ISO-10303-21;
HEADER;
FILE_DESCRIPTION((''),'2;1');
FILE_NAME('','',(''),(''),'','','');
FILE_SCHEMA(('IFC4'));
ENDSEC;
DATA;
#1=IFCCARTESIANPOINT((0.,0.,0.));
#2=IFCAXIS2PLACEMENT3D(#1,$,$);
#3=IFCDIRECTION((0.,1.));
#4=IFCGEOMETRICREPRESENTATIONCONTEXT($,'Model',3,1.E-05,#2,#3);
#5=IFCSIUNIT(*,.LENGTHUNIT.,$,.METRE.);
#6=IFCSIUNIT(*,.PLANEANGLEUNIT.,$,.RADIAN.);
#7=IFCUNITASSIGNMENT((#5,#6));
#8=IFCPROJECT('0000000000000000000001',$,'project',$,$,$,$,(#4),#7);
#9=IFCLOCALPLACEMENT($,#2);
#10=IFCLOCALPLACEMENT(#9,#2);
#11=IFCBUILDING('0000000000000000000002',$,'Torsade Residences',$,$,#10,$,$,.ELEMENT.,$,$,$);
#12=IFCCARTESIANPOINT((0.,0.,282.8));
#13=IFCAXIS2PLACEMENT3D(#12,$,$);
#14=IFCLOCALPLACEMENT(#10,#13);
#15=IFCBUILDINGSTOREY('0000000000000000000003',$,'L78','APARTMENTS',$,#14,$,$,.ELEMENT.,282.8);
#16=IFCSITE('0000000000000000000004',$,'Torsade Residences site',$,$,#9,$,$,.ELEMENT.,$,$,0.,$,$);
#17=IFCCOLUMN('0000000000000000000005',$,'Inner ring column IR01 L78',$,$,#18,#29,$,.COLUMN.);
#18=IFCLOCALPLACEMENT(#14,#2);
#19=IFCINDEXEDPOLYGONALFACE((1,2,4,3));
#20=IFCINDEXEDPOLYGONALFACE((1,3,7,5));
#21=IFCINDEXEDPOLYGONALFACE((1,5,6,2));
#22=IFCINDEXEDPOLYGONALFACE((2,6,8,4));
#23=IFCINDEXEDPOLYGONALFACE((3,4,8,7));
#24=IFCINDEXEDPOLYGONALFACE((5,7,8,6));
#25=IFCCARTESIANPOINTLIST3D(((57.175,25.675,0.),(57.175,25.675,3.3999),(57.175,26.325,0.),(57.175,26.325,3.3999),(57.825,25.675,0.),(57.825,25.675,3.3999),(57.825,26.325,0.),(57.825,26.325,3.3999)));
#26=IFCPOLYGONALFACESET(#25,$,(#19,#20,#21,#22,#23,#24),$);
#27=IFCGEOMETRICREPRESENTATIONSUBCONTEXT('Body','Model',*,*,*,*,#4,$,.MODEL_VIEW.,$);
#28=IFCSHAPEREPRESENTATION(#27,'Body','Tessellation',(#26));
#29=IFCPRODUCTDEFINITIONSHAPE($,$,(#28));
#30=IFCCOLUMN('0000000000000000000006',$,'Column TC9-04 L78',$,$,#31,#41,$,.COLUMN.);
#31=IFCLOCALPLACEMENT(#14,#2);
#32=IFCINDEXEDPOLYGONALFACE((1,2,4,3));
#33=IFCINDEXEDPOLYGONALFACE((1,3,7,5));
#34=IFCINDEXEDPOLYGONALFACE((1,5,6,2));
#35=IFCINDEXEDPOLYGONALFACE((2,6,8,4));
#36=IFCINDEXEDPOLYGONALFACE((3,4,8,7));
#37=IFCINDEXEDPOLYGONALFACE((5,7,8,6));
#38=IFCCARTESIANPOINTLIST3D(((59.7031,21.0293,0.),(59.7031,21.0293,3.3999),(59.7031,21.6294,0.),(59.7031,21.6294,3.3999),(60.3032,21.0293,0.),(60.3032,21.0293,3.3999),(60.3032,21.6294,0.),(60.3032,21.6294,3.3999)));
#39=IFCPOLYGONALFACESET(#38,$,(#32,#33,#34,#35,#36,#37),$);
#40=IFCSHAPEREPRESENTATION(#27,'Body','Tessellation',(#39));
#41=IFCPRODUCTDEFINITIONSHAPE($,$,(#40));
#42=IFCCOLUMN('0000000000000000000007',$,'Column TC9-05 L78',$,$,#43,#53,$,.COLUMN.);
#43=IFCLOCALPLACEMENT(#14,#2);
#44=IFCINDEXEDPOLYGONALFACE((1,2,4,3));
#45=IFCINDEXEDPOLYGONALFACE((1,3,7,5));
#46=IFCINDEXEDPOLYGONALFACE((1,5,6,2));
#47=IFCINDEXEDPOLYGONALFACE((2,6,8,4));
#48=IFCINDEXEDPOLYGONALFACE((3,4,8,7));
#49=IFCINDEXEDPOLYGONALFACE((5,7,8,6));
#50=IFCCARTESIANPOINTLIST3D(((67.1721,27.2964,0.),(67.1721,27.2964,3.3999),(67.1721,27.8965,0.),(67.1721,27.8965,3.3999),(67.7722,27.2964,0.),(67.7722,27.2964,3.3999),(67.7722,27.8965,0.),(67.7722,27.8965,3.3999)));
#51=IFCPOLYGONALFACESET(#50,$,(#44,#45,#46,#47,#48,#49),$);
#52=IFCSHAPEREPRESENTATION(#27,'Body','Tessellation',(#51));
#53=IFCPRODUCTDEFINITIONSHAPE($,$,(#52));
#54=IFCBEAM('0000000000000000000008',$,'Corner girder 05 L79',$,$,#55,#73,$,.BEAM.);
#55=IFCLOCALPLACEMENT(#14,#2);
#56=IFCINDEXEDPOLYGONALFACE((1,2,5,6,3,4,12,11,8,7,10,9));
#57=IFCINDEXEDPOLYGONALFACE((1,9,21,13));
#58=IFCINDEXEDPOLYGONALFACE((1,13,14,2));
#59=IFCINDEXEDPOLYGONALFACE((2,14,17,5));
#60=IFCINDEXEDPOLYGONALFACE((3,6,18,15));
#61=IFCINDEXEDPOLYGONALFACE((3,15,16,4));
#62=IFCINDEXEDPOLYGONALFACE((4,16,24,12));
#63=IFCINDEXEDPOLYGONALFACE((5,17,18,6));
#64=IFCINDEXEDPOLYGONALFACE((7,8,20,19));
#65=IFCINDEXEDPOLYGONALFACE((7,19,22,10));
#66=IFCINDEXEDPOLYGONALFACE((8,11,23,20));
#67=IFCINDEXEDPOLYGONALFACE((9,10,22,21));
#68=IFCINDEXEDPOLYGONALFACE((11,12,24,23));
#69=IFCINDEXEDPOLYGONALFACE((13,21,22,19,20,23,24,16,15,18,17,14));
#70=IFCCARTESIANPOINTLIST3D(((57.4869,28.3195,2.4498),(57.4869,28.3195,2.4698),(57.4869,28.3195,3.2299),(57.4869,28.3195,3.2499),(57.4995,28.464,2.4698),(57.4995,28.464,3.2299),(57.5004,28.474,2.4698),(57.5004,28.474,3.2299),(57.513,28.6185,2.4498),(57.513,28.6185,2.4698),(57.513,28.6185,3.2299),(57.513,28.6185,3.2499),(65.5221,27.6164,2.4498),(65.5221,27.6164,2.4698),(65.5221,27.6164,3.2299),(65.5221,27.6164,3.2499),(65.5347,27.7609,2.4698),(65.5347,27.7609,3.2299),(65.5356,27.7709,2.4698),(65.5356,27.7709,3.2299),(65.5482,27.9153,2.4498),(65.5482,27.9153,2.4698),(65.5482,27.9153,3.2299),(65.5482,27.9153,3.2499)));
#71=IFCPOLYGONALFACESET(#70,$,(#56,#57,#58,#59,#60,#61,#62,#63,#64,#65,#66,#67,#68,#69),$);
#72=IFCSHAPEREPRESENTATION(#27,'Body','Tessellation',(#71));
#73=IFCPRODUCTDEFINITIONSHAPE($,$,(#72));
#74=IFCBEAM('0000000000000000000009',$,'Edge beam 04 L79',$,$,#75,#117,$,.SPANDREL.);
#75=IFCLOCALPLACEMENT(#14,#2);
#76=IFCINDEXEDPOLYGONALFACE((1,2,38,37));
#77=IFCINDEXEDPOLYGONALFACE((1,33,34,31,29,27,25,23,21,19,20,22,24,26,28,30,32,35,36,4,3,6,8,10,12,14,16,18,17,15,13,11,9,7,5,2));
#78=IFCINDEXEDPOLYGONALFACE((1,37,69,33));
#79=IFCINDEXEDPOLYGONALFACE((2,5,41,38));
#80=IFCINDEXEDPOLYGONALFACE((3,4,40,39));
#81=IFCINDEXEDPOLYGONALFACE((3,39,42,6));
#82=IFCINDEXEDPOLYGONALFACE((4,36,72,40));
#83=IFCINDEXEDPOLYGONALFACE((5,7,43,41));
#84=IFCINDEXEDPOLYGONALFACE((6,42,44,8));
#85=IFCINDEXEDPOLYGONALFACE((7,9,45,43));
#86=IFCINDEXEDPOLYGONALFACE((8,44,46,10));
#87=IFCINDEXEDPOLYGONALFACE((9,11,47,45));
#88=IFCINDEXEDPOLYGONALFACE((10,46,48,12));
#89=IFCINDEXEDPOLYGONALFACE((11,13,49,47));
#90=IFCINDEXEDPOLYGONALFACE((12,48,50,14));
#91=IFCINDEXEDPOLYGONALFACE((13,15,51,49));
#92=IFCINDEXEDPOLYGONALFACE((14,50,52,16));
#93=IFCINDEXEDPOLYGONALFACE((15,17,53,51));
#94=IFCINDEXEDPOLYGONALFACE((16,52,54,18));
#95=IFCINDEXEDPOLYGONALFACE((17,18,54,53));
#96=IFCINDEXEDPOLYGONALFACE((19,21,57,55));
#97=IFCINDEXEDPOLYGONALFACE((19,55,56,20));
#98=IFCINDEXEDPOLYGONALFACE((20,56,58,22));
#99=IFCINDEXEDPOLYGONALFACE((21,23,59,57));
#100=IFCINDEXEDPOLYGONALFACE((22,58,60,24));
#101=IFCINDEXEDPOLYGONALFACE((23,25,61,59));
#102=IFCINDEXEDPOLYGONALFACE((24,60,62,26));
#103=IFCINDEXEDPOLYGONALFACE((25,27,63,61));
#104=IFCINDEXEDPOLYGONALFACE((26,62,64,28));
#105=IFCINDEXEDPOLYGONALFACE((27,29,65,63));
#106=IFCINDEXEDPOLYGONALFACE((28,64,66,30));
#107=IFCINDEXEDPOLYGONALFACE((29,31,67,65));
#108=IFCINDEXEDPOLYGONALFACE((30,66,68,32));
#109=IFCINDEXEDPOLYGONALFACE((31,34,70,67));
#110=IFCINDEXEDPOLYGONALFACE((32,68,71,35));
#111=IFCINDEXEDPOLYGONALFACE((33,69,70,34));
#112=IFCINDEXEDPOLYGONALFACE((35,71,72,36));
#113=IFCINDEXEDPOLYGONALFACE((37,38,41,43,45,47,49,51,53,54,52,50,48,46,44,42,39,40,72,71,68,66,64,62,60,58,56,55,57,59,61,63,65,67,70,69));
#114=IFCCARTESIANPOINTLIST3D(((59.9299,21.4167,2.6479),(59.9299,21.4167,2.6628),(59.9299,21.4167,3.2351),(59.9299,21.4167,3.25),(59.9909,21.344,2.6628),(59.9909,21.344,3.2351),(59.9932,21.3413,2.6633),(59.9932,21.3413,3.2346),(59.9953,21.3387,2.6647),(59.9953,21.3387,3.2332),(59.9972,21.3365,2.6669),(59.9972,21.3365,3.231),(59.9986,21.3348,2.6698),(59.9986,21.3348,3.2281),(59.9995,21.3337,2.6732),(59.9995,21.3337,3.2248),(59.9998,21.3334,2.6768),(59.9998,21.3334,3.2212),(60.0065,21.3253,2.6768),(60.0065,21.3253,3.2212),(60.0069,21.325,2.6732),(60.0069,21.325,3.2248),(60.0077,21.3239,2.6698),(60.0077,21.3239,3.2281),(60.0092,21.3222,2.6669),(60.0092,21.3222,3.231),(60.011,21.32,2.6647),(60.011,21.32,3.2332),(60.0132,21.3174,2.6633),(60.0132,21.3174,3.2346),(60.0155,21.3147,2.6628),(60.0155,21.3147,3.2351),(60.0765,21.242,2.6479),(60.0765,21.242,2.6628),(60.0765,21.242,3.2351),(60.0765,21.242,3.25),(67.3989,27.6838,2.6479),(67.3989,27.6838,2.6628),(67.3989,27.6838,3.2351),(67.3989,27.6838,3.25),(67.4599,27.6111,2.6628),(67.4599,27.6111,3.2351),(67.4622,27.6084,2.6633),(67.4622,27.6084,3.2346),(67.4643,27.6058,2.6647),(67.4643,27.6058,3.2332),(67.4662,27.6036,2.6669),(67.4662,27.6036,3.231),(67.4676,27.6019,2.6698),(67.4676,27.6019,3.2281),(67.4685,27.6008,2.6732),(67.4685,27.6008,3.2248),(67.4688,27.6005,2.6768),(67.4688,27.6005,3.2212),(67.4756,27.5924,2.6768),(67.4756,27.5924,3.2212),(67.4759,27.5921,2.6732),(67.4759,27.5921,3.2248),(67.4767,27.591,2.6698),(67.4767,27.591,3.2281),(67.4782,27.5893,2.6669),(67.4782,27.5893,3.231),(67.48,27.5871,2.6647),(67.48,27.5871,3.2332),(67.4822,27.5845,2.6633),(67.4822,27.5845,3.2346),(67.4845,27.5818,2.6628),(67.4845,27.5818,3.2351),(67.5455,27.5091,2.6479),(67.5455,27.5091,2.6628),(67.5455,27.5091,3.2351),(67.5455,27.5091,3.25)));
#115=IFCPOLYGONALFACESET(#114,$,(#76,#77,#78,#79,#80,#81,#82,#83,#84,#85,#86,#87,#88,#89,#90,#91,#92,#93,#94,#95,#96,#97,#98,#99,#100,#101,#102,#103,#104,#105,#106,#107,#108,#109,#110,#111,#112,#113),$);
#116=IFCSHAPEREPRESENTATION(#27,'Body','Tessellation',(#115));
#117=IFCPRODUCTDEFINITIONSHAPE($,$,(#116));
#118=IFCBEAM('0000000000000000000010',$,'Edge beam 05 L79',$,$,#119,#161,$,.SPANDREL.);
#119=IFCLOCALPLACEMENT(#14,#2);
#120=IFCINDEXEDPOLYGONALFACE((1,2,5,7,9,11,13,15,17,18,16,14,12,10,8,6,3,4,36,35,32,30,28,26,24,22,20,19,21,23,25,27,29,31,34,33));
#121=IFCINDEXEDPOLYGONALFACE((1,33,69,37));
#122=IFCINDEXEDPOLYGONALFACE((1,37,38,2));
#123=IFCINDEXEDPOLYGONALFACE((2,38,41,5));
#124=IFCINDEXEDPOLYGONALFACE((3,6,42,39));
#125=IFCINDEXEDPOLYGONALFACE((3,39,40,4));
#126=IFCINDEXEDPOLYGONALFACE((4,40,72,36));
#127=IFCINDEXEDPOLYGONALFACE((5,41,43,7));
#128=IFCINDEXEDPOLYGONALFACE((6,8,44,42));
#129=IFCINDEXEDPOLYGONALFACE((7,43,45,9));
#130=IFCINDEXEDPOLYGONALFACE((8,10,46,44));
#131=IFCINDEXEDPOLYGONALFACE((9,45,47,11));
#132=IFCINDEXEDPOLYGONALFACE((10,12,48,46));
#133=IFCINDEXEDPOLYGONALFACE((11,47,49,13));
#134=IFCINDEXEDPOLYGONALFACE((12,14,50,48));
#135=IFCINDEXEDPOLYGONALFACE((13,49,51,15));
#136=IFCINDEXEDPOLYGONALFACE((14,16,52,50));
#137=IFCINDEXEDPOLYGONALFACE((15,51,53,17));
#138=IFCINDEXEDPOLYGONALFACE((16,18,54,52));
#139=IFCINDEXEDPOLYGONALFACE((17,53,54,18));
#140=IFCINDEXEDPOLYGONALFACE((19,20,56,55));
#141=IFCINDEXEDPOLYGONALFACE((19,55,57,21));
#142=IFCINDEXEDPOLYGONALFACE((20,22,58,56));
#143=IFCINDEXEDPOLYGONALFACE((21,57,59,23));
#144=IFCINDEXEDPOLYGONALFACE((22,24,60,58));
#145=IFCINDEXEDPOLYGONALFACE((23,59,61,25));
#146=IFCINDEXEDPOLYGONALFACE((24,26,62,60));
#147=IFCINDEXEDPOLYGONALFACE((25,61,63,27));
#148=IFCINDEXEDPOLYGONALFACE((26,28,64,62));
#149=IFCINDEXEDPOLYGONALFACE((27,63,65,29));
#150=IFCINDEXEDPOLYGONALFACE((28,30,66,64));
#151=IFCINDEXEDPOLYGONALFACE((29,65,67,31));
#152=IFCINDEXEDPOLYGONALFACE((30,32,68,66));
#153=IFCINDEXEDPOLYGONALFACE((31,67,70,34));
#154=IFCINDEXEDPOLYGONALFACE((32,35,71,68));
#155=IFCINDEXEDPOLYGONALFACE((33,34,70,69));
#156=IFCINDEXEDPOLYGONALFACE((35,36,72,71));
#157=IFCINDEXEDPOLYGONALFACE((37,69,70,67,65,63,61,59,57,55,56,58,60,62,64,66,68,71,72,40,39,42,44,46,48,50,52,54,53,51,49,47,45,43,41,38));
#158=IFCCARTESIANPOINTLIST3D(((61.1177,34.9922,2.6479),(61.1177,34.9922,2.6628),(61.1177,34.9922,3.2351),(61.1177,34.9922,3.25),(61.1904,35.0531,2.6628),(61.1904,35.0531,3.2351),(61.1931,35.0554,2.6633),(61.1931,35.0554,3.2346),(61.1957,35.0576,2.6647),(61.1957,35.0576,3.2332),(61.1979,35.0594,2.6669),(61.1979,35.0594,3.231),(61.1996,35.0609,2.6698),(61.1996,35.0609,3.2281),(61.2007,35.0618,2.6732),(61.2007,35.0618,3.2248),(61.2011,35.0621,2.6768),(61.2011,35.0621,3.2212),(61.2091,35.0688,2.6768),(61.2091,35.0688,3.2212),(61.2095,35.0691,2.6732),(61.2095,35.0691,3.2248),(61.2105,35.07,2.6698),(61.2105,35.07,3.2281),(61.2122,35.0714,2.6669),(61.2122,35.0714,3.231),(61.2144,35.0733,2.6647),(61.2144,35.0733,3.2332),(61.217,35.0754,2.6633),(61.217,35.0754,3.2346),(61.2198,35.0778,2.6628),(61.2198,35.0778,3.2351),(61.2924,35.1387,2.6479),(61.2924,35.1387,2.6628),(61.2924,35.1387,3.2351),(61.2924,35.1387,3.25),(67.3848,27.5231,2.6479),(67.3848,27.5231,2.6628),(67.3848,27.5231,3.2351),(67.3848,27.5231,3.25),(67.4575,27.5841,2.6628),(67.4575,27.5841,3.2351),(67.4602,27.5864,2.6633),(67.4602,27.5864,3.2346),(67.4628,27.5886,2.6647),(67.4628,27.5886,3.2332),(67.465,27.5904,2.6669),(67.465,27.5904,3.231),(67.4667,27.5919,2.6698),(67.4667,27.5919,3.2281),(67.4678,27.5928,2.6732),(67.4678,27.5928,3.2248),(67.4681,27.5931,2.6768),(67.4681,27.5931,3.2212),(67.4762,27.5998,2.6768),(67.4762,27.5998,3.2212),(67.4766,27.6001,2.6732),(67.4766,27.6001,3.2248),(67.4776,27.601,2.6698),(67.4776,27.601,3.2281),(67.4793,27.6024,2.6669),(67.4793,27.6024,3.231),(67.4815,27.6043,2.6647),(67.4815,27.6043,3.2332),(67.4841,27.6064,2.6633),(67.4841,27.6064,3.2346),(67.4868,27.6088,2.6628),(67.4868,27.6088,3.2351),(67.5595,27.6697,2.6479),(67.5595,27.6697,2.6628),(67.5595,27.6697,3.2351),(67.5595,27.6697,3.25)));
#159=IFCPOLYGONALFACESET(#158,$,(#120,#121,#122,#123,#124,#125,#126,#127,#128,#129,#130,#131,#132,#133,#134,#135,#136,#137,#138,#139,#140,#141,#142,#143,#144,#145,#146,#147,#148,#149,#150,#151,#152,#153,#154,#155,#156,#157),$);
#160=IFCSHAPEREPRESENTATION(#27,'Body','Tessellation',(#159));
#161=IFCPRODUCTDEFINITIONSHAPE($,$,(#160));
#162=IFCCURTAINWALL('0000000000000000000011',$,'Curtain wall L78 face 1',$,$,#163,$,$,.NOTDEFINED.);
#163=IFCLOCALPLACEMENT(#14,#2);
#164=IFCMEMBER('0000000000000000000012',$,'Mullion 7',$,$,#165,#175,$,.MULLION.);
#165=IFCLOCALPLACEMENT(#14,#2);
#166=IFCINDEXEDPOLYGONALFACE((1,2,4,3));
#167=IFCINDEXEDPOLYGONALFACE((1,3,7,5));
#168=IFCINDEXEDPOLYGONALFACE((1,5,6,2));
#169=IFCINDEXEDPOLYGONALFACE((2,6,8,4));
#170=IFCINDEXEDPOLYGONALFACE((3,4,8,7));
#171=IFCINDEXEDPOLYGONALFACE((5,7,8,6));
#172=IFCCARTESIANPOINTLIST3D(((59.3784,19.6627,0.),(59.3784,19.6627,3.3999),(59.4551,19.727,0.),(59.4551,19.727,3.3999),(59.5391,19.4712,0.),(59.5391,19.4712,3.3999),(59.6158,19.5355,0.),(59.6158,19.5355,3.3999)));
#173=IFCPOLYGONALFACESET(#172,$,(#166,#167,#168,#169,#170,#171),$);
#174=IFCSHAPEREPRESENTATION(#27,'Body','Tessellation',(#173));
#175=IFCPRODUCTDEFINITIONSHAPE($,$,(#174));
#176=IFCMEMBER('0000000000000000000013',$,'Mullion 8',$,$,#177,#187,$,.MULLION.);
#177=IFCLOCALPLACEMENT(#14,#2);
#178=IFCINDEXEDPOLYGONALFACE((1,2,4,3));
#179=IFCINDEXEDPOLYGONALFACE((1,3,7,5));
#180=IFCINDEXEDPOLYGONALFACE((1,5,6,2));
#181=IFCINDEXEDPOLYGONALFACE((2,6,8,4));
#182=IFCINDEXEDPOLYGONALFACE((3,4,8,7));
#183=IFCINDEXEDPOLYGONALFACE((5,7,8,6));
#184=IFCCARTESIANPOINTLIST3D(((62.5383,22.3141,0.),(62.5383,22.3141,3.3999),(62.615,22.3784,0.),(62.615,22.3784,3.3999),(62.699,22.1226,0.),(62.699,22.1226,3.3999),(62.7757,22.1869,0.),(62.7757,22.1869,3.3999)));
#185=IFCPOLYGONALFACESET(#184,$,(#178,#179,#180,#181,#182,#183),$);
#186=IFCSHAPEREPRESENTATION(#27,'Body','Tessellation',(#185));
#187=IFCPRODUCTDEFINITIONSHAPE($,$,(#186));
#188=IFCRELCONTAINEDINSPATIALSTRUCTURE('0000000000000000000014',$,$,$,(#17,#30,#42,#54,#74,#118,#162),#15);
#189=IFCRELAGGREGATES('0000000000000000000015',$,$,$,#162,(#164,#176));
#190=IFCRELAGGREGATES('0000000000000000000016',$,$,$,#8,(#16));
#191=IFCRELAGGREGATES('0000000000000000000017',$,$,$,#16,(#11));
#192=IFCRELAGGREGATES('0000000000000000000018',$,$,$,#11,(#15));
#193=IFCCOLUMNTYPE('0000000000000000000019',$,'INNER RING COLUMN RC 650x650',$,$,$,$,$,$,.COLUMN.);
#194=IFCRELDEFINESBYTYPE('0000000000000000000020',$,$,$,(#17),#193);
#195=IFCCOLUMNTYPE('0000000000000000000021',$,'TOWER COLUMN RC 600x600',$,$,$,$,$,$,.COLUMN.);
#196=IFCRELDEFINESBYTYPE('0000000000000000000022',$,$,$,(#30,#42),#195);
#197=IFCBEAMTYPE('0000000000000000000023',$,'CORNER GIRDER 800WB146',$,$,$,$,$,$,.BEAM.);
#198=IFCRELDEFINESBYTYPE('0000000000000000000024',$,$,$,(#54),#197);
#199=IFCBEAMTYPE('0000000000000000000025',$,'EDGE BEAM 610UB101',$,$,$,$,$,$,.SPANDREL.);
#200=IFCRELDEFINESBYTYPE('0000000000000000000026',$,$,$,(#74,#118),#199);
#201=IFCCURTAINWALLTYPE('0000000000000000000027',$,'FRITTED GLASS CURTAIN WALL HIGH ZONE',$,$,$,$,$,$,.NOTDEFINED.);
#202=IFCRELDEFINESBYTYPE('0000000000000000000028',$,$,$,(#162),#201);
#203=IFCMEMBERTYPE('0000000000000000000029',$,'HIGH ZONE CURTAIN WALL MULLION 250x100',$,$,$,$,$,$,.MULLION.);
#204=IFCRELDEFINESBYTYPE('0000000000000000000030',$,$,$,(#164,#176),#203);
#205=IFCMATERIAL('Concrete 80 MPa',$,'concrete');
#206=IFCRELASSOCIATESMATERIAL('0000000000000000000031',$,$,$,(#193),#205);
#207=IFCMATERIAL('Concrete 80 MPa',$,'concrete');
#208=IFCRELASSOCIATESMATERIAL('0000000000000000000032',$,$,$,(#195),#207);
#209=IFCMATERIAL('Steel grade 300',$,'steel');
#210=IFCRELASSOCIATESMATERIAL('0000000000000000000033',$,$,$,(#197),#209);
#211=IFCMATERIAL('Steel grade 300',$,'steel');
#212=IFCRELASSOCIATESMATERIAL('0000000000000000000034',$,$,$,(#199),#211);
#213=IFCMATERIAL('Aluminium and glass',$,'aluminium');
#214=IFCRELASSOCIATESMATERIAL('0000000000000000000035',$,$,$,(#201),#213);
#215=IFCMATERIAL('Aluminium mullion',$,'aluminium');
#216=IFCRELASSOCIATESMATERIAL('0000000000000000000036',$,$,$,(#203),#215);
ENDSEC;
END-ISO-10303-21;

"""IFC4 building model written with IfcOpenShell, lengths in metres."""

from ifc_helpers import new_model, si_unit, direction, frame, origin, origin_2d, place, context, subcontext, project, spatial, rectangle, i_section, extrude, material, material_profile, profile_set, type_object, element, aggregate, save


model = new_model("IFC4")

# Units and contexts
model_context = context("Model", 3, precision=1e-05, world=origin(), true_north=direction((0.0, 1.0)))
body_context = subcontext(model_context, "Body", "Model", "MODEL_VIEW")
ifc_project = project(units=[si_unit("LENGTHUNIT", "METRE"), si_unit("PLANEANGLEUNIT", "RADIAN")], contexts=[model_context])

# Site, building, storey
site_placement = place(None, origin())
site = spatial("IfcSite", under=ifc_project, at=site_placement, Name="Torsade Residences site", CompositionType="ELEMENT", RefElevation=0.0)
building_placement = place(site_placement, origin())
building = spatial("IfcBuilding", under=site, at=building_placement, Name="Torsade Residences", CompositionType="ELEMENT")
storey_placement = place(building_placement, frame((0.0, 0.0, 282.8)))
storey = spatial("IfcBuildingStorey", under=building, at=storey_placement, Name="L78", Description="APARTMENTS", CompositionType="ELEMENT", Elevation=282.8)

# Columns
ifc_material_1 = material(Name="Concrete 80 MPa", Category="concrete")
ifc_material_profile_1 = material_profile(ifc_material_1, rectangle(XDim=0.6499, YDim=0.6499, at=origin_2d()), Name="RC 650x650")
ifc_profile_set_1 = profile_set([ifc_material_profile_1], Name="Concrete 80 MPa")
column_type_1 = type_object("IfcColumnType", Name="INNER RING COLUMN RC 650x650", PredefinedType="COLUMN", material=ifc_profile_set_1)
column_placement = place(storey_placement, frame((57.5, 26.0, 0.0), z_axis=(0.0, 0.0, 1.0), x_axis=(1.0, 0.0, 0.0)))
element("IfcColumn", 1, at=column_placement, inside=storey, type_object=column_type_1, Name="Inner ring column IR01 L78", PredefinedType="COLUMN", context=body_context, shape_type="SweptSolid", body=[
    extrude(rectangle(XDim=0.6499, YDim=0.6499, at=origin_2d()), origin(), (0.0, 0.0, 1.0), 3.3999),
])
ifc_material_2 = material(Name="Concrete 80 MPa", Category="concrete")
ifc_material_profile_2 = material_profile(ifc_material_2, rectangle(XDim=0.6001, YDim=0.6001, at=origin_2d()), Name="RC 600x600")
ifc_profile_set_2 = profile_set([ifc_material_profile_2], Name="Concrete 80 MPa")
column_type_2 = type_object("IfcColumnType", Name="TOWER COLUMN RC 600x600", PredefinedType="COLUMN", material=ifc_profile_set_2)
for number, where, z_axis, x_axis, name in (
    (2, (60.0032, 21.3293, 0.0), (0.0, 0.0, 1.0), (1.0, 0.0, 0.0), "Column TC9-04 L78"),
    (3, (67.4722, 27.5964, 0.0), (0.0, 0.0, 1.0), (1.0, 0.0, 0.0), "Column TC9-05 L78"),
):
    element("IfcColumn", number, at=place(storey_placement, frame(where, z_axis=z_axis, x_axis=x_axis)), inside=storey, type_object=column_type_2, Name=name, PredefinedType="COLUMN", context=body_context, shape_type="SweptSolid", body=[
        extrude(rectangle(XDim=0.6001, YDim=0.6001, at=origin_2d()), origin(), (0.0, 0.0, 1.0), 3.3999),
    ])

# Beams
ifc_material_3 = material(Name="Steel grade 300", Category="steel")
ifc_material_profile_3 = material_profile(ifc_material_3, i_section(OverallWidth=0.3, OverallDepth=0.8, WebThickness=0.01, FlangeThickness=0.02, at=origin_2d()), Name="800WB146")
ifc_profile_set_3 = profile_set([ifc_material_profile_3], Name="Steel grade 300")
beam_type_1 = type_object("IfcBeamType", Name="CORNER GIRDER 800WB146", PredefinedType="BEAM", material=ifc_profile_set_3)
beam_1_placement = place(storey_placement, frame((65.5352, 27.7659, 2.8499), z_axis=(-0.996193, 0.087173, 0.0), x_axis=(-0.087173, -0.996193, 0.0)))
element("IfcBeam", 4, at=beam_1_placement, inside=storey, type_object=beam_type_1, Name="Corner girder 05 L79", PredefinedType="BEAM", context=body_context, shape_type="SweptSolid", body=[
    extrude(i_section(OverallWidth=0.3, OverallDepth=0.8, WebThickness=0.01, FlangeThickness=0.02, at=origin_2d()), origin(), (0.0, 0.0, 1.0), 8.0659),
])
ifc_material_4 = material(Name="Steel grade 300", Category="steel")
ifc_material_profile_4 = material_profile(ifc_material_4, i_section(OverallWidth=0.228, OverallDepth=0.6021, WebThickness=0.0105, FlangeThickness=0.0149, FilletRadius=0.0139, at=origin_2d()), Name="610UB101")
ifc_profile_set_4 = profile_set([ifc_material_profile_4], Name="Steel grade 300")
beam_type_2 = type_object("IfcBeamType", Name="EDGE BEAM 610UB101", PredefinedType="SPANDREL", material=ifc_profile_set_4)
for number, where, z_axis, x_axis, name in (
    (5, (60.0032, 21.3293, 2.949), (0.766052, 0.642779, 0.0), (-0.642779, 0.766052, 0.0), "Edge beam 04 L79"),
    (6, (67.4722, 27.5964, 2.949), (-0.642779, 0.766052, 0.0), (-0.766052, -0.642779, 0.0), "Edge beam 05 L79"),
):
    element("IfcBeam", number, at=place(storey_placement, frame(where, z_axis=z_axis, x_axis=x_axis)), inside=storey, type_object=beam_type_2, Name=name, PredefinedType="SPANDREL", context=body_context, shape_type="SweptSolid", body=[
        extrude(i_section(OverallWidth=0.228, OverallDepth=0.6021, WebThickness=0.0105, FlangeThickness=0.0149, FilletRadius=0.0139, at=origin_2d()), origin(), (0.0, 0.0, 1.0), 9.75),
    ])

# Curtain wall, members
ifc_material_5 = material(Name="Aluminium and glass", Category="aluminium")
curtain_wall_type = type_object("IfcCurtainWallType", Name="FRITTED GLASS CURTAIN WALL HIGH ZONE", PredefinedType="NOTDEFINED", material=ifc_material_5)
curtain_wall_placement = place(storey_placement, origin())
curtain_wall = element("IfcCurtainWall", 7, at=curtain_wall_placement, inside=storey, type_object=curtain_wall_type, Name="Curtain wall L78 face 1", PredefinedType="NOTDEFINED")
ifc_material_6 = material(Name="Aluminium mullion", Category="aluminium")
ifc_material_profile_5 = material_profile(ifc_material_6, rectangle(XDim=0.25, YDim=0.1001, at=origin_2d()), Name="HIGH ZONE CURTAIN WALL MULLION 250x100")
ifc_profile_set_5 = profile_set([ifc_material_profile_5], Name="Aluminium mullion")
member_type_1 = type_object("IfcMemberType", Name="HIGH ZONE CURTAIN WALL MULLION 250x100", PredefinedType="MULLION", material=ifc_profile_set_5)
member_1_placement = place(storey_placement, frame((59.4971, 19.5991, 0.0), z_axis=(0.0, 0.0, 1.0), x_axis=(-0.642788, 0.766044, 0.0)))
member_1 = element("IfcMember", 8, at=member_1_placement, type_object=member_type_1, Name="Mullion 7", PredefinedType="MULLION", context=body_context, shape_type="SweptSolid", body=[
    extrude(rectangle(XDim=0.25, YDim=0.1001, at=origin_2d()), origin(), (0.0, 0.0, 1.0), 3.3999),
])
member_2_placement = place(storey_placement, frame((62.657, 22.2505, 0.0), z_axis=(0.0, 0.0, 1.0), x_axis=(-0.642788, 0.766044, 0.0)))
member_2 = element("IfcMember", 9, at=member_2_placement, type_object=member_type_1, Name="Mullion 8", PredefinedType="MULLION", context=body_context, shape_type="SweptSolid", body=[
    extrude(rectangle(XDim=0.25, YDim=0.1001, at=origin_2d()), origin(), (0.0, 0.0, 1.0), 3.3999),
])

aggregate(curtain_wall, [member_1, member_2])

save(model, "model.ifc")
